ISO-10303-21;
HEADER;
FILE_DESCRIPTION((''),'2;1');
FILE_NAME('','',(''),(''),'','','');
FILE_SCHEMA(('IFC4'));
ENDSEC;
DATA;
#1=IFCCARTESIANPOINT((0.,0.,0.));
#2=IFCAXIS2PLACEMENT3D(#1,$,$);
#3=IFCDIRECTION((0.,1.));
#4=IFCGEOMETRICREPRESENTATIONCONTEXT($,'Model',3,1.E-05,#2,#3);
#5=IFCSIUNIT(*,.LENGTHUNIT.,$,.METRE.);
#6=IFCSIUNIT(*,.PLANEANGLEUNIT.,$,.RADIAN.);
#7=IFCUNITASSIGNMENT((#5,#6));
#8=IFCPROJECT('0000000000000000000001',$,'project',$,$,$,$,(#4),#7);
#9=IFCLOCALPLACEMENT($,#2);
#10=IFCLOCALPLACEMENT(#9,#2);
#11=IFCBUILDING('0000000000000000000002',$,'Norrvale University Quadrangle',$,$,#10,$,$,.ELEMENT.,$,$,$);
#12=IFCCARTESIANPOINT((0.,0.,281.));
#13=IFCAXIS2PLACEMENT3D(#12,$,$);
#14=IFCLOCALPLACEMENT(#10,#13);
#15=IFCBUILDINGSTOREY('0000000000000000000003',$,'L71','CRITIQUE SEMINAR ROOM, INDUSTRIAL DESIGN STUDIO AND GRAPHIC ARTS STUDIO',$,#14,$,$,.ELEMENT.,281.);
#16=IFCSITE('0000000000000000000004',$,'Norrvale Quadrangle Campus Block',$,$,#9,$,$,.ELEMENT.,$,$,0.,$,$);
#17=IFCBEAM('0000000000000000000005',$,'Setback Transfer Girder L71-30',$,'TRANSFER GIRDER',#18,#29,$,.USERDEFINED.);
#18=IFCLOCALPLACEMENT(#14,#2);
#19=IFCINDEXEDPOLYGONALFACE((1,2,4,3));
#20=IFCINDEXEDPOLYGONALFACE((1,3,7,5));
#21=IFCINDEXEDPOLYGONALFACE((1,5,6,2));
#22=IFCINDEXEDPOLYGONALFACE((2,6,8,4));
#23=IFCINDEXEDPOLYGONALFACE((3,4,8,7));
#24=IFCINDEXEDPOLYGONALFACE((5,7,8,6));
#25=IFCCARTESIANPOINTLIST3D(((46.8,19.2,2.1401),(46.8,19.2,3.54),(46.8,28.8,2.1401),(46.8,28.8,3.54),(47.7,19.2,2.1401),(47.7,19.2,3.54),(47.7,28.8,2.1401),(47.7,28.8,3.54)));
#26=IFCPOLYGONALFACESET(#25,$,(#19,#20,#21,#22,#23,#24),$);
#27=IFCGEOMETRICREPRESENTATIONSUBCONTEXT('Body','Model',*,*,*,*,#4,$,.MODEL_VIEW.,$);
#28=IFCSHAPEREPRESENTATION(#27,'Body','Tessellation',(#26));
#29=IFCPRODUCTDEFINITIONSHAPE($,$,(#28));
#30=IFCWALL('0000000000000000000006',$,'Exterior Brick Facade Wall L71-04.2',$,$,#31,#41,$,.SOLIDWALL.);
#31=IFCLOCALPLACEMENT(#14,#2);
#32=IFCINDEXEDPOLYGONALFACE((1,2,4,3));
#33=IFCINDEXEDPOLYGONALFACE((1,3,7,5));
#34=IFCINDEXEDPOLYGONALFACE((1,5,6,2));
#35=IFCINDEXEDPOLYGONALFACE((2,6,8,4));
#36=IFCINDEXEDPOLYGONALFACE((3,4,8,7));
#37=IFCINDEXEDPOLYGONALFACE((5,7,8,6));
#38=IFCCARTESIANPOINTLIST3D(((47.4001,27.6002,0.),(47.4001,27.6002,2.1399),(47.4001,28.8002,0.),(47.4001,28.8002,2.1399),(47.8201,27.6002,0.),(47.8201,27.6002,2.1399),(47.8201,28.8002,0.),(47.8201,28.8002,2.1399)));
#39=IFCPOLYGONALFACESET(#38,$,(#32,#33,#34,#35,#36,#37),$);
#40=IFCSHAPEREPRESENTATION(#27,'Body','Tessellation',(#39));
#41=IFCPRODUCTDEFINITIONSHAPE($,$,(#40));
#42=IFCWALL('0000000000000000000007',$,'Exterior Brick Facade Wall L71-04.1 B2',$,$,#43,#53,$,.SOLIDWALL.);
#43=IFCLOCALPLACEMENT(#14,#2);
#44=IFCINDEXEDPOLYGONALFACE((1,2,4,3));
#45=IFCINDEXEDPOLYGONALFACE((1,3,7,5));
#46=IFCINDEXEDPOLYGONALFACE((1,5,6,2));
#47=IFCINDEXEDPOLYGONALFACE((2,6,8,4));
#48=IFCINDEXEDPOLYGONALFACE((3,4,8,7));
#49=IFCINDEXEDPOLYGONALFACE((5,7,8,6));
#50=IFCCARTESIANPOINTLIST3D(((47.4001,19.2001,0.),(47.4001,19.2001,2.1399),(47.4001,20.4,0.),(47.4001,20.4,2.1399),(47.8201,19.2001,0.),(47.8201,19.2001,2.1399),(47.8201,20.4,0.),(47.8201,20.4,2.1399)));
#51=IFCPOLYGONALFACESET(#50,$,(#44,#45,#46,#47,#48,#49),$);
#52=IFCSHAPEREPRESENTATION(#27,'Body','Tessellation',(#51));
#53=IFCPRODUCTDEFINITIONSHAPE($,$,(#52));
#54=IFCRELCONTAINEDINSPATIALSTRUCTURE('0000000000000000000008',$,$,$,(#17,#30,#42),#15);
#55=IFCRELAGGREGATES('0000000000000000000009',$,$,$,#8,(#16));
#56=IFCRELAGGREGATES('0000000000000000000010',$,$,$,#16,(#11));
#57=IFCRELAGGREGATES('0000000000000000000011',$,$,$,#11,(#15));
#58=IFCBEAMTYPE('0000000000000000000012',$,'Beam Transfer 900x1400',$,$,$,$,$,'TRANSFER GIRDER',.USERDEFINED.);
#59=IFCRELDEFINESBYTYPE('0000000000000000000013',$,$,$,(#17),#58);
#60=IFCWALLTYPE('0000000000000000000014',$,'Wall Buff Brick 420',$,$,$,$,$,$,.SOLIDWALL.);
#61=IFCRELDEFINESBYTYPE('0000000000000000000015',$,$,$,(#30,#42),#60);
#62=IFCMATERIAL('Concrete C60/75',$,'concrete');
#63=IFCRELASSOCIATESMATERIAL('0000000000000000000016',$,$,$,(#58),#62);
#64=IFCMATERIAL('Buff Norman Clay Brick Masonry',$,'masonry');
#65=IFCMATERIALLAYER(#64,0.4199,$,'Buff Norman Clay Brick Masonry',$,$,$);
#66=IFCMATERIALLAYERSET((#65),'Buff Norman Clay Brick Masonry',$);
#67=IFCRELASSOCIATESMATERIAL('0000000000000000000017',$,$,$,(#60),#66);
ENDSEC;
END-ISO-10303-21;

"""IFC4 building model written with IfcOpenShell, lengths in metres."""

from ifc_helpers import new_model, si_unit, direction, frame, frame_2d, origin, origin_2d, place, context, subcontext, project, spatial, rectangle, extrude, material, layer, layer_set, material_profile, profile_set, type_object, element, save


model = new_model("IFC4")

# Units and contexts
model_context = context("Model", 3, precision=1e-05, world=origin(), true_north=direction((0.0, 1.0)))
body_context = subcontext(model_context, "Body", "Model", "MODEL_VIEW")
ifc_project = project(units=[si_unit("LENGTHUNIT", "METRE"), si_unit("PLANEANGLEUNIT", "RADIAN")], contexts=[model_context])

# Site, building, storey
site_placement = place(None, origin())
site = spatial("IfcSite", under=ifc_project, at=site_placement, Name="Norrvale Quadrangle Campus Block", CompositionType="ELEMENT", RefElevation=0.0)
building_placement = place(site_placement, origin())
building = spatial("IfcBuilding", under=site, at=building_placement, Name="Norrvale University Quadrangle", CompositionType="ELEMENT")
storey_placement = place(building_placement, frame((0.0, 0.0, 281.0)))
storey = spatial("IfcBuildingStorey", under=building, at=storey_placement, Name="L71", Description="CRITIQUE SEMINAR ROOM, INDUSTRIAL DESIGN STUDIO AND GRAPHIC ARTS STUDIO", CompositionType="ELEMENT", Elevation=281.0)

# Beam
ifc_material_1 = material(Name="Concrete C60/75", Category="concrete")
ifc_material_profile_1 = material_profile(ifc_material_1, rectangle(XDim=0.8999, YDim=1.3999, at=origin_2d()), Name="Concrete C60/75")
ifc_profile_set_1 = profile_set([ifc_material_profile_1], Name="Concrete C60/75")
beam_type = type_object("IfcBeamType", Name="Beam Transfer 900x1400", ElementType="TRANSFER GIRDER", PredefinedType="USERDEFINED", material=ifc_profile_set_1)
beam_placement = place(storey_placement, frame((47.25, 19.2, 2.8401), z_axis=(0.0, 1.0, 0.0), x_axis=(-1.0, 0.0, 0.0)))
element("IfcBeam", 1, at=beam_placement, inside=storey, type_object=beam_type, Name="Setback Transfer Girder L71-30", ObjectType="TRANSFER GIRDER", PredefinedType="USERDEFINED", context=body_context, shape_type="SweptSolid", body=[
    extrude(rectangle(XDim=0.8999, YDim=1.3999, at=origin_2d()), origin(), (0.0, 0.0, 1.0), 9.6001),
])

# Walls
ifc_material_2 = material(Name="Buff Norman Clay Brick Masonry", Category="masonry")
ifc_layer_1 = layer(ifc_material_2, 0.4199, Name="Buff Norman Clay Brick Masonry")
ifc_layer_set_1 = layer_set([ifc_layer_1], Name="Buff Norman Clay Brick Masonry")
wall_type = type_object("IfcWallType", Name="Wall Buff Brick 420", PredefinedType="SOLIDWALL", material=ifc_layer_set_1)
for number, where, z_axis, x_axis, name in (
    (2, (47.6101, 27.6001, 0.0), (0.0, 0.0, 1.0), (0.0, 1.0, 0.0), "Exterior Brick Facade Wall L71-04.2"),
    (3, (47.6101, 19.2, 0.0), (0.0, 0.0, 1.0), (0.0, 1.0, 0.0), "Exterior Brick Facade Wall L71-04.1 B2"),
):
    element("IfcWall", number, at=place(storey_placement, frame(where, z_axis=z_axis, x_axis=x_axis)), inside=storey, type_object=wall_type, Name=name, PredefinedType="SOLIDWALL", context=body_context, shape_type="SweptSolid", body=[
        extrude(rectangle(XDim=1.2, YDim=0.4199, at=frame_2d((0.6001, 0.0))), origin(), (0.0, 0.0, 1.0), 2.1399),
    ])

save(model, "model.ifc")
